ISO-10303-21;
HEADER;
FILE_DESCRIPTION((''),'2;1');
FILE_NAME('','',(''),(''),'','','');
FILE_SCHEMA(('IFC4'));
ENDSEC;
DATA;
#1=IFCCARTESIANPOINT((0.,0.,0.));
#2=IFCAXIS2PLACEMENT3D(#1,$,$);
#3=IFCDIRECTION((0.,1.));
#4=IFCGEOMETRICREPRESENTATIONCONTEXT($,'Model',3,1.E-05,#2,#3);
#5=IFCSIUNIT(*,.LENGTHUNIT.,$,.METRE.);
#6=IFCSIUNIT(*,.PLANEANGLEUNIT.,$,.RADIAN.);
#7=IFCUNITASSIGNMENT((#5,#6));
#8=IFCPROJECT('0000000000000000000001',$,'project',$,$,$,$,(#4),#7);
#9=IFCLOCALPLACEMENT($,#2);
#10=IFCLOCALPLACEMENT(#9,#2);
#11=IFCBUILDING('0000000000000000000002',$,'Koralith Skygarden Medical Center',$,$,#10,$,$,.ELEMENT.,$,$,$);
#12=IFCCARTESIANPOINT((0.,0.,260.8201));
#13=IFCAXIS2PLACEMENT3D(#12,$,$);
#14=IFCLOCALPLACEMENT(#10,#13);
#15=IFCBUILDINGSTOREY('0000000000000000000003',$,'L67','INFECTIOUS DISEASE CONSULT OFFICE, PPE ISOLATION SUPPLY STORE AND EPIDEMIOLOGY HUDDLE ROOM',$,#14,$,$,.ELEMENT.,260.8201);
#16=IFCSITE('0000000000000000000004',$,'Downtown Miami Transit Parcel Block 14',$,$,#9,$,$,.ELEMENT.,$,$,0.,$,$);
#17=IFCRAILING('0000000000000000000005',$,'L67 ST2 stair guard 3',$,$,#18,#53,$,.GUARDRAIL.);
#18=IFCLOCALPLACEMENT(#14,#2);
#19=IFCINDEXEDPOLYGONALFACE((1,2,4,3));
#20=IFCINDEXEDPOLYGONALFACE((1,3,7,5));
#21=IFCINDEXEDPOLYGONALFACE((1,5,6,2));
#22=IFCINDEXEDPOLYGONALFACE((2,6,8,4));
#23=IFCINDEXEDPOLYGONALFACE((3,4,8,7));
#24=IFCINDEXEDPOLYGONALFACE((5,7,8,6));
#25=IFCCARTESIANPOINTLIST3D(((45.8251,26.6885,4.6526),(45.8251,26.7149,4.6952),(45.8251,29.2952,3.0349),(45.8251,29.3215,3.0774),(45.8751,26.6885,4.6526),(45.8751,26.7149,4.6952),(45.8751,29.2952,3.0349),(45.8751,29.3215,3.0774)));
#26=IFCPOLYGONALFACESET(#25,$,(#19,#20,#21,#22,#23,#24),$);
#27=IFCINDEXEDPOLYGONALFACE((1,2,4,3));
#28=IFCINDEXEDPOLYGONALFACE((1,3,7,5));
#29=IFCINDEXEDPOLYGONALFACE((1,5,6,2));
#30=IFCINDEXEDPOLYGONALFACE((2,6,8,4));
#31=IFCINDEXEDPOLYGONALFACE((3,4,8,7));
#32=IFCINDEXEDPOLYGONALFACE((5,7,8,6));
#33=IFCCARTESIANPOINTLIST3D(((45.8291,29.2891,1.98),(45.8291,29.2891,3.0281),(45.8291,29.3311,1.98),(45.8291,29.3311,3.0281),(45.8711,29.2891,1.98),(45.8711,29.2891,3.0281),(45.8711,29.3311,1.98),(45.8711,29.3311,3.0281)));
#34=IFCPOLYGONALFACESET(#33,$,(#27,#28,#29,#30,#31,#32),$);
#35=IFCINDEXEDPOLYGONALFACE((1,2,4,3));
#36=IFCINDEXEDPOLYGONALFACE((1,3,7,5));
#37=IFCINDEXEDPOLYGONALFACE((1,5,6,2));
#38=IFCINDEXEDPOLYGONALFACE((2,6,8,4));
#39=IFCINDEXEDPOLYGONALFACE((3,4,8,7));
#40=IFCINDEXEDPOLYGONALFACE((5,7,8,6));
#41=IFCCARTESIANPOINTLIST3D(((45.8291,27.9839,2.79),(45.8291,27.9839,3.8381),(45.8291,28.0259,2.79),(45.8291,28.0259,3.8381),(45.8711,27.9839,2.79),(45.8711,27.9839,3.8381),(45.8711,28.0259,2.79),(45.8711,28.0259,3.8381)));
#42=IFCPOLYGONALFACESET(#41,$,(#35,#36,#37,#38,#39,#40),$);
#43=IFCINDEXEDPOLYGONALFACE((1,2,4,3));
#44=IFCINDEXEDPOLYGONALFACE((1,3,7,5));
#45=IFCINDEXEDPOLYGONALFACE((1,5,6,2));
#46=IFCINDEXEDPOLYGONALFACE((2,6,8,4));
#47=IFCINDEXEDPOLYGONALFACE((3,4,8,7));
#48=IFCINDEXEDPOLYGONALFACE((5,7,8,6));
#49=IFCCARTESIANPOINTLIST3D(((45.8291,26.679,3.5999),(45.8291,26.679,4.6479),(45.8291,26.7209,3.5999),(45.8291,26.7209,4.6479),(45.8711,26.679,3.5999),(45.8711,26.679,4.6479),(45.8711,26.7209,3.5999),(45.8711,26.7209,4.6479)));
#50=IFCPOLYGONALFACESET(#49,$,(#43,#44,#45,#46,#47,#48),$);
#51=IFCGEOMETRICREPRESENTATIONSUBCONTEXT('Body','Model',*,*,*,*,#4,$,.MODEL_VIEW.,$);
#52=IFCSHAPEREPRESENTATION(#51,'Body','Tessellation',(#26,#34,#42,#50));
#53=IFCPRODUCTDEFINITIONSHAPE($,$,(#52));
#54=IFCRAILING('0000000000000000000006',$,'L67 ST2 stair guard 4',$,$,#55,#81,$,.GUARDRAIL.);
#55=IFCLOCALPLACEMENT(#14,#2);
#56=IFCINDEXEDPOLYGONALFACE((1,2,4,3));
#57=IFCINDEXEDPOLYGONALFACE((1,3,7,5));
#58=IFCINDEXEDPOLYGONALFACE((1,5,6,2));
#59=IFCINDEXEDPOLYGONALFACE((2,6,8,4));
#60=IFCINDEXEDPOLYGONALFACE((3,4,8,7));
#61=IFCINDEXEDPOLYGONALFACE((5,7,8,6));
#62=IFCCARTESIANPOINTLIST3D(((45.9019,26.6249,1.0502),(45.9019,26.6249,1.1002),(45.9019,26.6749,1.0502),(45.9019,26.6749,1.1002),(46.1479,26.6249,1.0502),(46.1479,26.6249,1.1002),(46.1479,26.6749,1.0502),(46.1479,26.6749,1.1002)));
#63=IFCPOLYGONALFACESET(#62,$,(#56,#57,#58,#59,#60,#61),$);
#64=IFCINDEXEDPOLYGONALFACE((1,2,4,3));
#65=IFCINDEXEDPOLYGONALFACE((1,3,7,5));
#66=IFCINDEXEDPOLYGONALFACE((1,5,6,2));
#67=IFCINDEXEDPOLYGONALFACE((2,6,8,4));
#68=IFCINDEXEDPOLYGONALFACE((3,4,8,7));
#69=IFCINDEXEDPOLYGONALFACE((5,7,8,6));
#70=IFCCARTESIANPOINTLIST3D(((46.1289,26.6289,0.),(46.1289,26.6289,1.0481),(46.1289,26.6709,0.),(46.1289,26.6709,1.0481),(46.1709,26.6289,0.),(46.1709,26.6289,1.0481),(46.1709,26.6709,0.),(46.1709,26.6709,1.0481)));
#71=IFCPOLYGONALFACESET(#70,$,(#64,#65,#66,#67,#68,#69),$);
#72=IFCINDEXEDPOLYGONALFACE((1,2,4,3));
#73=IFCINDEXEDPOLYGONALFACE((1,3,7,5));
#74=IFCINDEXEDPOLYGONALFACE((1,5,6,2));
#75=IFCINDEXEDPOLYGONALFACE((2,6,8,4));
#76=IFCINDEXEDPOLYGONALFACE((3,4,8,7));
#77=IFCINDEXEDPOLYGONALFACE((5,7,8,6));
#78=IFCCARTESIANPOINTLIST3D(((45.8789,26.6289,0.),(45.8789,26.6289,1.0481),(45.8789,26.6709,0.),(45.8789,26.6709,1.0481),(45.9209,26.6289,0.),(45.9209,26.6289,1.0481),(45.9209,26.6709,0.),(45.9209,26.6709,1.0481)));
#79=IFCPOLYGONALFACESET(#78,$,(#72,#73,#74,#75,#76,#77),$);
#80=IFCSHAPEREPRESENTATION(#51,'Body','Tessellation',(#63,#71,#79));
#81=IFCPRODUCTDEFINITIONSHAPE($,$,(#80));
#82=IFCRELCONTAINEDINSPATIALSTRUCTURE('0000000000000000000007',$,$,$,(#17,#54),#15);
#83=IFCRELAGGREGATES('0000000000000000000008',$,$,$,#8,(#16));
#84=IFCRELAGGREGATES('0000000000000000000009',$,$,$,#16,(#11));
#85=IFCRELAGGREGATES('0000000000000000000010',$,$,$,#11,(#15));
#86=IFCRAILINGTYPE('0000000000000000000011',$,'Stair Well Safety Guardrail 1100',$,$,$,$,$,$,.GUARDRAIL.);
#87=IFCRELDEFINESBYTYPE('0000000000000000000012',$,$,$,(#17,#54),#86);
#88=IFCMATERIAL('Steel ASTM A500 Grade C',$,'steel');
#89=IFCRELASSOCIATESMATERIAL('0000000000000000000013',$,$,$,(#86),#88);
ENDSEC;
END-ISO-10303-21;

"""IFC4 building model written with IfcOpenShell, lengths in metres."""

from ifc_helpers import new_model, si_unit, direction, frame, origin, origin_2d, place, context, subcontext, project, spatial, rectangle, extrude, material, type_object, element, save


model = new_model("IFC4")

# Units and contexts
model_context = context("Model", 3, precision=1e-05, world=origin(), true_north=direction((0.0, 1.0)))
body_context = subcontext(model_context, "Body", "Model", "MODEL_VIEW")
ifc_project = project(units=[si_unit("LENGTHUNIT", "METRE"), si_unit("PLANEANGLEUNIT", "RADIAN")], contexts=[model_context])

# Site, building, storey
site_placement = place(None, origin())
site = spatial("IfcSite", under=ifc_project, at=site_placement, Name="Downtown Miami Transit Parcel Block 14", CompositionType="ELEMENT", RefElevation=0.0)
building_placement = place(site_placement, origin())
building = spatial("IfcBuilding", under=site, at=building_placement, Name="Koralith Skygarden Medical Center", CompositionType="ELEMENT")
storey_placement = place(building_placement, frame((0.0, 0.0, 260.8201)))
storey = spatial("IfcBuildingStorey", under=building, at=storey_placement, Name="L67", Description="INFECTIOUS DISEASE CONSULT OFFICE, PPE ISOLATION SUPPLY STORE AND EPIDEMIOLOGY HUDDLE ROOM", CompositionType="ELEMENT", Elevation=260.8201)

# Railings
ifc_material_1 = material(Name="Steel ASTM A500 Grade C", Category="steel")
railing_type_1 = type_object("IfcRailingType", Name="Stair Well Safety Guardrail 1100", PredefinedType="GUARDRAIL", material=ifc_material_1)
railing_1_placement = place(storey_placement, frame((45.8501, 29.3101, 1.98)))
element("IfcRailing", 1, at=railing_1_placement, inside=storey, type_object=railing_type_1, Name="L67 ST2 stair guard 3", PredefinedType="GUARDRAIL", context=body_context, shape_type="SweptSolid", body=[
    extrude(rectangle(XDim=0.05, YDim=0.05, at=origin_2d()), frame((0.0, -0.0017, 1.0762), z_axis=(0.0, -0.849668, 0.527317), x_axis=(1.0, 0.0, 0.0)), (0.0, 0.0, 1.0), 3.0679),
    extrude(rectangle(XDim=0.042, YDim=0.042, at=origin_2d()), origin(), (0.0, 0.0, 1.0), 1.0481),
    extrude(rectangle(XDim=0.042, YDim=0.042, at=origin_2d()), frame((0.0, -1.3052, 0.8101)), (0.0, 0.0, 1.0), 1.0481),
    extrude(rectangle(XDim=0.042, YDim=0.042, at=origin_2d()), frame((0.0, -2.6101, 1.6199)), (0.0, 0.0, 1.0), 1.0481),
])
railing_2_placement = place(storey_placement, frame((46.1499, 26.6499, 0.0)))
element("IfcRailing", 2, at=railing_2_placement, inside=storey, type_object=railing_type_1, Name="L67 ST2 stair guard 4", PredefinedType="GUARDRAIL", context=body_context, shape_type="SweptSolid", body=[
    extrude(rectangle(XDim=0.05, YDim=0.05, at=origin_2d()), frame((-0.002, 0.0, 1.0752), z_axis=(-1.0, 0.0, 0.0), x_axis=(0.0, -1.0, 0.0)), (0.0, 0.0, 1.0), 0.2461),
    extrude(rectangle(XDim=0.042, YDim=0.042, at=origin_2d()), origin(), (0.0, 0.0, 1.0), 1.0481),
    extrude(rectangle(XDim=0.042, YDim=0.042, at=origin_2d()), frame((-0.25, 0.0, 0.0)), (0.0, 0.0, 1.0), 1.0481),
])

save(model, "model.ifc")
